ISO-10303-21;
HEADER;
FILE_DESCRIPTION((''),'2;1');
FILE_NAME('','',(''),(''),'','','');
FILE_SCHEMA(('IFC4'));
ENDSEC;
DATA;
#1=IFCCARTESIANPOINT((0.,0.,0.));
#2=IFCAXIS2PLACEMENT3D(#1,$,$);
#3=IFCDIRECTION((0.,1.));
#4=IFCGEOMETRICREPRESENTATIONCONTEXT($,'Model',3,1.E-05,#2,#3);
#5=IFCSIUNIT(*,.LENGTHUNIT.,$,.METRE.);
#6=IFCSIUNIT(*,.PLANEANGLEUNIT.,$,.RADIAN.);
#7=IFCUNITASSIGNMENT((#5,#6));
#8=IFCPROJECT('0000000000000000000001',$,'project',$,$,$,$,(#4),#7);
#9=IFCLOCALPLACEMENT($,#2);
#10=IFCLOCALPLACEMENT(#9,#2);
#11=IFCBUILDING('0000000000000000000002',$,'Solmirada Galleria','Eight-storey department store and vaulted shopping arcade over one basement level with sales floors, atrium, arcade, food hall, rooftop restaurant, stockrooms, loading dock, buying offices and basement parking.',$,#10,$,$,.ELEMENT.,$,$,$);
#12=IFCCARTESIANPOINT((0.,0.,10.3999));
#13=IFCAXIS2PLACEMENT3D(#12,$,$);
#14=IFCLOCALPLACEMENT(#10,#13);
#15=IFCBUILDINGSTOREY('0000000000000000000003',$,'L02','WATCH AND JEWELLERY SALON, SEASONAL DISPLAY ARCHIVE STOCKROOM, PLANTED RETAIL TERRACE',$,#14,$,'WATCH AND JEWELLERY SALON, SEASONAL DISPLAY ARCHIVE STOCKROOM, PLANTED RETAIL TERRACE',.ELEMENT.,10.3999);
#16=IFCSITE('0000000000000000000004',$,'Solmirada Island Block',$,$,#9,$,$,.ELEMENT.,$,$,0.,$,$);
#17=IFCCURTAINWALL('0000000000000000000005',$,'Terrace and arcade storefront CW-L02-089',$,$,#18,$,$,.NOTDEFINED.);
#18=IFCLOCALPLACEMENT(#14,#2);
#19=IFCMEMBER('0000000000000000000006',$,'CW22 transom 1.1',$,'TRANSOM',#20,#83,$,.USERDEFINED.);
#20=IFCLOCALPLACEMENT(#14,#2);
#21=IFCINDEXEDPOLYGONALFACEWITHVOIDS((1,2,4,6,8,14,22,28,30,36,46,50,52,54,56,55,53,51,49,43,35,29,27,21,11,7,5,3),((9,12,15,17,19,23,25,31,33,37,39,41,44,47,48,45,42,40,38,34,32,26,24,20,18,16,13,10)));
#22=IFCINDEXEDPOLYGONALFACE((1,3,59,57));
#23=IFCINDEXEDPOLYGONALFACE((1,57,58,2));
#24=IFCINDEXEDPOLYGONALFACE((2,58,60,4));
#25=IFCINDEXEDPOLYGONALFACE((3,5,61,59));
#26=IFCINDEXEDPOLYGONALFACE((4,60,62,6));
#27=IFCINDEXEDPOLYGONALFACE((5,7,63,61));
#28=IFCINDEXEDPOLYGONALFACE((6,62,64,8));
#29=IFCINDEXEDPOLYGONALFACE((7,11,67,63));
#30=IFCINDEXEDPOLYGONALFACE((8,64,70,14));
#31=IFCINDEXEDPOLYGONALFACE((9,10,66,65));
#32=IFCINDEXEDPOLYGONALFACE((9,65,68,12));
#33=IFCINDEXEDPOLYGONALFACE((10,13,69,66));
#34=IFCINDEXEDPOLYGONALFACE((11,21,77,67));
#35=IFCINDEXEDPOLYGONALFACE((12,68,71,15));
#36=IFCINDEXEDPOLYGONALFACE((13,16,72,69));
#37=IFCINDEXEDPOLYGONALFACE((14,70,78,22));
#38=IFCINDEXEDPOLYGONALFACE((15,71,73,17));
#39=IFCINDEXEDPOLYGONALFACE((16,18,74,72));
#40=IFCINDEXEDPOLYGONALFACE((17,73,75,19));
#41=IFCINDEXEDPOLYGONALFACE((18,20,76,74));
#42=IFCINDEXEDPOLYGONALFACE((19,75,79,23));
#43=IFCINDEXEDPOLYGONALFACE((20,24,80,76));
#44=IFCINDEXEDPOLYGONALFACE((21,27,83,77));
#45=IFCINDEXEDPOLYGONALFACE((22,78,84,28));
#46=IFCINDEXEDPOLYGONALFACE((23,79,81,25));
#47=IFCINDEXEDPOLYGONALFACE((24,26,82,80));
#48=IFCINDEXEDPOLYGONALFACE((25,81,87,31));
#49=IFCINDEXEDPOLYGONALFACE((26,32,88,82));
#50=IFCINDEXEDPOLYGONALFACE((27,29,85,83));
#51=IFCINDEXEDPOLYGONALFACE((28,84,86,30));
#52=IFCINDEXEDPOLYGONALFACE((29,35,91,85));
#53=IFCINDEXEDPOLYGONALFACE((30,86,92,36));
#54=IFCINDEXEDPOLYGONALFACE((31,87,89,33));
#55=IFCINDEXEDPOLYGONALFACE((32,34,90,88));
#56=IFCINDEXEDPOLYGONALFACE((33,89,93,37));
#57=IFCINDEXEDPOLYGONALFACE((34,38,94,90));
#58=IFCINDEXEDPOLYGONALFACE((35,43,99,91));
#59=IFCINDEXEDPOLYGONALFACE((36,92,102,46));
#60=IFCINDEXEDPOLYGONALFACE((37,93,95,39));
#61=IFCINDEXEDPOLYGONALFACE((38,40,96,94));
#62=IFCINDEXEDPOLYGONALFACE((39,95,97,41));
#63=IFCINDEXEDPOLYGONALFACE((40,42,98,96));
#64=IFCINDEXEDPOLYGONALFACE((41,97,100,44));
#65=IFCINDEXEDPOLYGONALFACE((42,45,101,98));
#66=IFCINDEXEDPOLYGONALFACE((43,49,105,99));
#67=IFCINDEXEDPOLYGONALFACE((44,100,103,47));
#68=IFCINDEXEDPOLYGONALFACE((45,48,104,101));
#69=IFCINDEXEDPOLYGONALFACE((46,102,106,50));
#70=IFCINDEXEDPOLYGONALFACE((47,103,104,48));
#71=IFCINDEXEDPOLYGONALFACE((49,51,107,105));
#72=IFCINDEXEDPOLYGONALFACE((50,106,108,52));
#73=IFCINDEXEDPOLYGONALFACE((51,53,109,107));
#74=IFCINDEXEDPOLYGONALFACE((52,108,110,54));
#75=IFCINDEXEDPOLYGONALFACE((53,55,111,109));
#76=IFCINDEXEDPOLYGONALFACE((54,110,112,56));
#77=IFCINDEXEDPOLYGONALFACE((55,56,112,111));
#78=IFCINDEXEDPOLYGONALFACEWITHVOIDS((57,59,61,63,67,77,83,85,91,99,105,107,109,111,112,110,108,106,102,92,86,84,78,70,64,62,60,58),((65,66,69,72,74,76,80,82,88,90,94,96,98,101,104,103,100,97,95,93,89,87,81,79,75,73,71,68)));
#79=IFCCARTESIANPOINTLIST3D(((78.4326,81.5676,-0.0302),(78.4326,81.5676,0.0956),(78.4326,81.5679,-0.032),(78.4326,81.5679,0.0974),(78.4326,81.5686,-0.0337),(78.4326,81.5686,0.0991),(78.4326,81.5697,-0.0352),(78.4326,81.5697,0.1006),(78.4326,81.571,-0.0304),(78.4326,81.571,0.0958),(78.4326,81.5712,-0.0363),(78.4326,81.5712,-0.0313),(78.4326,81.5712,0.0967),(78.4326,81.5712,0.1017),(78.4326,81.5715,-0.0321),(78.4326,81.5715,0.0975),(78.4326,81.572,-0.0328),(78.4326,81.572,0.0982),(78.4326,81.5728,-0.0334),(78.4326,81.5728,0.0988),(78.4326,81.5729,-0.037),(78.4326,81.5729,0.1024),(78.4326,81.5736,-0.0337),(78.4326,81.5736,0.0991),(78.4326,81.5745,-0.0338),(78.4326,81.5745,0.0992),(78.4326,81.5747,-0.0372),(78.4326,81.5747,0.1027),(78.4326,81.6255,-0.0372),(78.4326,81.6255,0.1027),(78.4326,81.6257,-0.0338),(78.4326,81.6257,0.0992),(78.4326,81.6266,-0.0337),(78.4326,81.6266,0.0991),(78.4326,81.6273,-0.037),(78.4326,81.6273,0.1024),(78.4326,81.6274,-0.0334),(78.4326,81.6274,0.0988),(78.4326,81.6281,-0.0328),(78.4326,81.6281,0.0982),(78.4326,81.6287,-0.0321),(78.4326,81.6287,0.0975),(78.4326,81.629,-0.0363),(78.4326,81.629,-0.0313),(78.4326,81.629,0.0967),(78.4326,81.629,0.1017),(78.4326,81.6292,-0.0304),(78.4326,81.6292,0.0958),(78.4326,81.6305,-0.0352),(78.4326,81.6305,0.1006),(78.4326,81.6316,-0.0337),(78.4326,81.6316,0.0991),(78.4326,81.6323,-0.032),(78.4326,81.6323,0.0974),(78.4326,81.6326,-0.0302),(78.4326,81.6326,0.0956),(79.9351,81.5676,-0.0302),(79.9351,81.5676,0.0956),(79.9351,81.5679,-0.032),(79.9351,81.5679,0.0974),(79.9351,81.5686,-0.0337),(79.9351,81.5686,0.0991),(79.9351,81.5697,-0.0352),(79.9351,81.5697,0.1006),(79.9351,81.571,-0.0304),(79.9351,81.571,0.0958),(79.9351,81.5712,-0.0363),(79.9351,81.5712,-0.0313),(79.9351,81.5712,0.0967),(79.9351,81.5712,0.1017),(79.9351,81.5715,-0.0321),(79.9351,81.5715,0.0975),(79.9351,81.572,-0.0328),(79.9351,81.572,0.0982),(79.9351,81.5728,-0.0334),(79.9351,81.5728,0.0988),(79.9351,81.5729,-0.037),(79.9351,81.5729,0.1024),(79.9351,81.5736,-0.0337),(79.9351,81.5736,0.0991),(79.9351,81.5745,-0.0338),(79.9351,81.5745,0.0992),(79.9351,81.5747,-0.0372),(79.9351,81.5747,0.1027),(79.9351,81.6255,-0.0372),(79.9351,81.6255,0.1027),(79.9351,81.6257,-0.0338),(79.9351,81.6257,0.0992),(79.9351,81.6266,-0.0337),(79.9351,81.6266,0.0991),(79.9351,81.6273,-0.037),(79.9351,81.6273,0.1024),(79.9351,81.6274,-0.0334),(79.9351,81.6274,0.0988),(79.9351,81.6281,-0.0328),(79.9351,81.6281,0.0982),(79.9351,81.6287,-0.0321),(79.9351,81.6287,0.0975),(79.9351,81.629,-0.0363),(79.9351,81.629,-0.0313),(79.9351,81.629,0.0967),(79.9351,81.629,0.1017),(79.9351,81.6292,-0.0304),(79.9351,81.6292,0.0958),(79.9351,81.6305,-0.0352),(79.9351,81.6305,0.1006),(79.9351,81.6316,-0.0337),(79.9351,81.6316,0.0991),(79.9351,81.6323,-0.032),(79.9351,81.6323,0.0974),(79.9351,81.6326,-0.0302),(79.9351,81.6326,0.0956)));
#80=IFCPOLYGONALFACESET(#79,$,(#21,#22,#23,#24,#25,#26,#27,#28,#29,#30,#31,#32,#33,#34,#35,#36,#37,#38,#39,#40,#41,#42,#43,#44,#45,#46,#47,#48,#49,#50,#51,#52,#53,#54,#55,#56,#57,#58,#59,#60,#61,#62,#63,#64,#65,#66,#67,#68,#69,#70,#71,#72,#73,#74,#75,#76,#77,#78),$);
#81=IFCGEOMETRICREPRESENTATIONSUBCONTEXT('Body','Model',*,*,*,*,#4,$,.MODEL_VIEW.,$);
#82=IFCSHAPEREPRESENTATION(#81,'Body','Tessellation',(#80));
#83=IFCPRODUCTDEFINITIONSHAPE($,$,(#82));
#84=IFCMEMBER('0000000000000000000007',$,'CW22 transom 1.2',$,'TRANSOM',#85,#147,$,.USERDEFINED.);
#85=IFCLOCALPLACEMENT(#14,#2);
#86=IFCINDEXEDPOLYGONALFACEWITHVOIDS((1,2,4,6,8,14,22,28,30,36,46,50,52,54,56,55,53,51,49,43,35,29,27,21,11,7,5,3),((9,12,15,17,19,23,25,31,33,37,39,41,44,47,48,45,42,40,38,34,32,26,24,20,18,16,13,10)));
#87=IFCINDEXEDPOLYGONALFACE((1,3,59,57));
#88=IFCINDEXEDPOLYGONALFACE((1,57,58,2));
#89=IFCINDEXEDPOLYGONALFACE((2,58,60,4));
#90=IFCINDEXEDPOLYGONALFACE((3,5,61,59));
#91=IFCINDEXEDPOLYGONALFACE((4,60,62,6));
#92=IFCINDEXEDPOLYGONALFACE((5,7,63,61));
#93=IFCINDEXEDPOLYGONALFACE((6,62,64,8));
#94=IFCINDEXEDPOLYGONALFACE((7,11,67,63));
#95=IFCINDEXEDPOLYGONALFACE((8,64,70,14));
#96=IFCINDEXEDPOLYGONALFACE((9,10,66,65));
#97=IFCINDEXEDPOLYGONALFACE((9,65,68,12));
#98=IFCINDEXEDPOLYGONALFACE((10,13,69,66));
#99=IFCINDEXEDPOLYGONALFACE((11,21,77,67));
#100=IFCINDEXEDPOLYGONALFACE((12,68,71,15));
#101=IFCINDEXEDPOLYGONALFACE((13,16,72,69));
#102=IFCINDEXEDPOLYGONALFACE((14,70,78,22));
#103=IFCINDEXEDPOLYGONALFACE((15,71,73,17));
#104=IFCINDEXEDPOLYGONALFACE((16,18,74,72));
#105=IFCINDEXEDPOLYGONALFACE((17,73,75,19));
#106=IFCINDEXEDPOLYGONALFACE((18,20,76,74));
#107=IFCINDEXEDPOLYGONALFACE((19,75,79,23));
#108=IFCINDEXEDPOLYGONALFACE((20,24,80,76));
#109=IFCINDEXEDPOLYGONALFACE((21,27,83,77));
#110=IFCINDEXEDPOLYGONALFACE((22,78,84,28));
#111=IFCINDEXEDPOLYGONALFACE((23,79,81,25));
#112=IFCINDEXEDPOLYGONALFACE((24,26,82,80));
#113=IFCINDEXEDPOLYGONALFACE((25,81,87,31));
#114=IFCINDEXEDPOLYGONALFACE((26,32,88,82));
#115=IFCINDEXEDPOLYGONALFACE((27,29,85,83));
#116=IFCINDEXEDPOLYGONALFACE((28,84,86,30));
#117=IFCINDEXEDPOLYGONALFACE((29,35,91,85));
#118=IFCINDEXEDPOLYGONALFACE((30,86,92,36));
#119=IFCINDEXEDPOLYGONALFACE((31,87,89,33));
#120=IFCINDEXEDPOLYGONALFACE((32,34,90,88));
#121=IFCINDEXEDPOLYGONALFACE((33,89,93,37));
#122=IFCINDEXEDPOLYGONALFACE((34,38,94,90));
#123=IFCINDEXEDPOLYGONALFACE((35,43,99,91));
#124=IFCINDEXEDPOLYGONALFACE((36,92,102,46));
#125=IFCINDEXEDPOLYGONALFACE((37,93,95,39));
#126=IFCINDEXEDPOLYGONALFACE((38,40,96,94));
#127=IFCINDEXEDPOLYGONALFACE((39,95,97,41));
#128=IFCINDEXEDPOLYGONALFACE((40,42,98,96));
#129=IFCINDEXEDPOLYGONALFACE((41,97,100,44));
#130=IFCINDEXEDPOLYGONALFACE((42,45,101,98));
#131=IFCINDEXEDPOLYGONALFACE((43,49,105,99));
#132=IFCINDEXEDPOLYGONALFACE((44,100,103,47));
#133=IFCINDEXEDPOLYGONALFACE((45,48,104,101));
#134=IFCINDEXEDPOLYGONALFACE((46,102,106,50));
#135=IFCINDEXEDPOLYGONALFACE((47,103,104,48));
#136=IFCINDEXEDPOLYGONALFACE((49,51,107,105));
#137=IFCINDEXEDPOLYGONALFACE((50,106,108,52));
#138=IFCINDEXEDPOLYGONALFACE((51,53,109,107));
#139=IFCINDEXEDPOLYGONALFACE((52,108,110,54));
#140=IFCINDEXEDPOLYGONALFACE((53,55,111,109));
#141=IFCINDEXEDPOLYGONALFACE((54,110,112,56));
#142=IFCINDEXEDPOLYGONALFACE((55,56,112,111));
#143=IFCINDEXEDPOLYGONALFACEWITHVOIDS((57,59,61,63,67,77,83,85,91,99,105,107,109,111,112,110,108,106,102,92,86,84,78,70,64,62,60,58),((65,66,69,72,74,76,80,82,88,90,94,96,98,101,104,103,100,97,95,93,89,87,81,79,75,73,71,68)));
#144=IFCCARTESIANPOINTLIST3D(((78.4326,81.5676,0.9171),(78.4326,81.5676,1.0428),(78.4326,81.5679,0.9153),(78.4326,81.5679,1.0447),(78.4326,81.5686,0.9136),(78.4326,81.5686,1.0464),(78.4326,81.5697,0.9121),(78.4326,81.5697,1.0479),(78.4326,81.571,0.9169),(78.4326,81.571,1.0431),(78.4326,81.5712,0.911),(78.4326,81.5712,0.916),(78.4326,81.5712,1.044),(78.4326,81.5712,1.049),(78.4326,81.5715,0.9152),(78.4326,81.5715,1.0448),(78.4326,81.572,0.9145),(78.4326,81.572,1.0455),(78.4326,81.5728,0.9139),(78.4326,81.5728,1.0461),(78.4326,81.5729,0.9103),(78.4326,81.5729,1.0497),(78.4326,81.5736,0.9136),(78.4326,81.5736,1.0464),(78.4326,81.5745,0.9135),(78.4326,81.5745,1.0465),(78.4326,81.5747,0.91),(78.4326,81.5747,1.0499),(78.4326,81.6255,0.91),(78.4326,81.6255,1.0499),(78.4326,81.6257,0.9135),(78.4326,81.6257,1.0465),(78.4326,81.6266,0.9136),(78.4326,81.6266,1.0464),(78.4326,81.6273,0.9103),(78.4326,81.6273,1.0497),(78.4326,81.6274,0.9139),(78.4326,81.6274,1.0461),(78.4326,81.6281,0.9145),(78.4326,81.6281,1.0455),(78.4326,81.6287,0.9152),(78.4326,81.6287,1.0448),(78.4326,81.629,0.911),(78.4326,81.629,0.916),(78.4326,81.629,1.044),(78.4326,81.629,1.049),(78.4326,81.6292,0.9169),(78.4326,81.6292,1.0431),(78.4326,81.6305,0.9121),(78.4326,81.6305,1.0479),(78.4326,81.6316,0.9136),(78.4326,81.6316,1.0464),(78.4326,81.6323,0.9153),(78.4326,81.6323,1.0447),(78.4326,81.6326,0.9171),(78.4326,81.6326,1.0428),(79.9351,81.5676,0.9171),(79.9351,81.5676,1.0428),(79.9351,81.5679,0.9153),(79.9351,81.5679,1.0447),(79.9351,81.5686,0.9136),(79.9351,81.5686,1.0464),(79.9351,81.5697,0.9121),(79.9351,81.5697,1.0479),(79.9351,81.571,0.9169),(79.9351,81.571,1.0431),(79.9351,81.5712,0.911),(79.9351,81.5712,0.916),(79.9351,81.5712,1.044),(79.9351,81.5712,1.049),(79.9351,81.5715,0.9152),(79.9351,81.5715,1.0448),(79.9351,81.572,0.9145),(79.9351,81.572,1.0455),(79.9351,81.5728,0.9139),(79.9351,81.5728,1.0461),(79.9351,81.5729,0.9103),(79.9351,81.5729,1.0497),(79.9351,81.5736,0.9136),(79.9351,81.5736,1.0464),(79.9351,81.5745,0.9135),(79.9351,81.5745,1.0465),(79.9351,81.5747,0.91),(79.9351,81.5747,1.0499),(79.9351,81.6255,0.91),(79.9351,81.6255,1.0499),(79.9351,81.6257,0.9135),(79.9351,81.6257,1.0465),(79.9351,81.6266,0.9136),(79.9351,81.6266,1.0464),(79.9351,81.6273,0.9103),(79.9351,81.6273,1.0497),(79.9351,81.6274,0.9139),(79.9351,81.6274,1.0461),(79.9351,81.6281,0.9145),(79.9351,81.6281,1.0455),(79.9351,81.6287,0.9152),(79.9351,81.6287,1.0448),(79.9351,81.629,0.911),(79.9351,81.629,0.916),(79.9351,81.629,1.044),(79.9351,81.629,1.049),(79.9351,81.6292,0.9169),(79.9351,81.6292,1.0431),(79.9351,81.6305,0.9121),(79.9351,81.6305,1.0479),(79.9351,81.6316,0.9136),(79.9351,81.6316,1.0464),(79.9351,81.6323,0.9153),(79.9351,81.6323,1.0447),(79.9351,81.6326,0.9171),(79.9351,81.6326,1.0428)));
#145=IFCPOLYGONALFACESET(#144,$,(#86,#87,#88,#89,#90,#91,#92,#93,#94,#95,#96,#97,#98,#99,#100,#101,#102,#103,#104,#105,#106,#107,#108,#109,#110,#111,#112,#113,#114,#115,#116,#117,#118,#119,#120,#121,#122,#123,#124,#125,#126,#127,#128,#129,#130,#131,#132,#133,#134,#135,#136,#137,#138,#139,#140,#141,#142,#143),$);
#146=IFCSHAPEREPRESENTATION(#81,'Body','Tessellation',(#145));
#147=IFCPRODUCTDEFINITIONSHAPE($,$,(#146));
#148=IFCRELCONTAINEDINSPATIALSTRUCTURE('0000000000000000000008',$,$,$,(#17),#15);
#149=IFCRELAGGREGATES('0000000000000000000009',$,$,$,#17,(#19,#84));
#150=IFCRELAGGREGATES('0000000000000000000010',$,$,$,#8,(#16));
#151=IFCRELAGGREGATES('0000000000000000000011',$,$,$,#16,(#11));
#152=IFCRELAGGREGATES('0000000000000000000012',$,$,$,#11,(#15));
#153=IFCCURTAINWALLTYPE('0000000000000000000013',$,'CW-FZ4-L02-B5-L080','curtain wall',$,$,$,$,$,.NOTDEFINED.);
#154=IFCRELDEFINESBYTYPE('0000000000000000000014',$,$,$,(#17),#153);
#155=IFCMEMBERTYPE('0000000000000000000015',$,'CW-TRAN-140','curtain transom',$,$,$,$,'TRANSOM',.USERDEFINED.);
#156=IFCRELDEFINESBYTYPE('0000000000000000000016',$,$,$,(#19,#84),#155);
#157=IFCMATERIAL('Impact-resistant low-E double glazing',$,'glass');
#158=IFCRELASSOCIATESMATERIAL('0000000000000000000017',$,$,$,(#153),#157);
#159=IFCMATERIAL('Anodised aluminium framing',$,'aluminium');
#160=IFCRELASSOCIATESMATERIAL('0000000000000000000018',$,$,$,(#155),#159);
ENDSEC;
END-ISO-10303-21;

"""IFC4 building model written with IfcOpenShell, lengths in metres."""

from ifc_helpers import new_model, si_unit, direction, frame, origin, origin_2d, place, context, subcontext, project, spatial, hollow_rectangle, extrude, material, material_profile, profile_set, type_object, element, aggregate, save


model = new_model("IFC4")

# Units and contexts
model_context = context("Model", 3, precision=1e-05, world=origin(), true_north=direction((0.0, 1.0)))
body_context = subcontext(model_context, "Body", "Model", "MODEL_VIEW")
ifc_project = project(units=[si_unit("LENGTHUNIT", "METRE"), si_unit("PLANEANGLEUNIT", "RADIAN")], contexts=[model_context])

# Site, building, storey
site_placement = place(None, origin())
site = spatial("IfcSite", under=ifc_project, at=site_placement, Name="Solmirada Island Block", CompositionType="ELEMENT", RefElevation=0.0)
building_placement = place(site_placement, origin())
building = spatial("IfcBuilding", under=site, at=building_placement, Name="Solmirada Galleria", Description="Eight-storey department store and vaulted shopping arcade over one basement level with sales floors, atrium, arcade, food hall, rooftop restaurant, stockrooms, loading dock, buying offices and basement parking.", CompositionType="ELEMENT")
storey_placement = place(building_placement, frame((0.0, 0.0, 10.3999)))
storey = spatial("IfcBuildingStorey", under=building, at=storey_placement, Name="L02", Description="WATCH AND JEWELLERY SALON, SEASONAL DISPLAY ARCHIVE STOCKROOM, PLANTED RETAIL TERRACE", LongName="WATCH AND JEWELLERY SALON, SEASONAL DISPLAY ARCHIVE STOCKROOM, PLANTED RETAIL TERRACE", CompositionType="ELEMENT", Elevation=10.3999)

# Shared definitions
ifc_material_1 = material(Name="Impact-resistant low-E double glazing", Category="glass")
curtain_wall_type = type_object("IfcCurtainWallType", Name="CW-FZ4-L02-B5-L080", Description="curtain wall", PredefinedType="NOTDEFINED", material=ifc_material_1)
ifc_material_2 = material(Name="Anodised aluminium framing", Category="aluminium")

# Curtain wall, members
curtain_wall_1_placement = place(storey_placement, origin())
curtain_wall_1 = element("IfcCurtainWall", 1, at=curtain_wall_1_placement, inside=storey, type_object=curtain_wall_type, Name="Terrace and arcade storefront CW-L02-089", PredefinedType="NOTDEFINED")
ifc_material_profile_1 = material_profile(ifc_material_2, hollow_rectangle(XDim=0.0649, YDim=0.1399, WallThickness=0.0034, InnerFilletRadius=0.0034, OuterFilletRadius=0.0071, at=origin_2d()), Name="ALU-TRAN-140X65")
ifc_profile_set_1 = profile_set([ifc_material_profile_1], Name="Anodised aluminium framing")
member_type_1 = type_object("IfcMemberType", Name="CW-TRAN-140", Description="curtain transom", ElementType="TRANSOM", PredefinedType="USERDEFINED", material=ifc_profile_set_1)
member_1_placement = place(storey_placement, frame((79.9351, 81.6001, 0.0327), z_axis=(-1.0, 0.0, 0.0), x_axis=(0.0, -1.0, 0.0)))
member_1 = element("IfcMember", 2, at=member_1_placement, type_object=member_type_1, Name="CW22 transom 1.1", ObjectType="TRANSOM", PredefinedType="USERDEFINED", context=body_context, shape_type="SweptSolid", body=[
    extrude(hollow_rectangle(XDim=0.0649, YDim=0.1399, WallThickness=0.0034, InnerFilletRadius=0.0034, OuterFilletRadius=0.0071, at=origin_2d()), origin(), (0.0, 0.0, 1.0), 1.5024),
])
member_2_placement = place(storey_placement, frame((79.9351, 81.6001, 0.98), z_axis=(-1.0, 0.0, 0.0), x_axis=(0.0, -1.0, 0.0)))
member_2 = element("IfcMember", 3, at=member_2_placement, type_object=member_type_1, Name="CW22 transom 1.2", ObjectType="TRANSOM", PredefinedType="USERDEFINED", context=body_context, shape_type="SweptSolid", body=[
    extrude(hollow_rectangle(XDim=0.0649, YDim=0.1399, WallThickness=0.0034, InnerFilletRadius=0.0034, OuterFilletRadius=0.0071, at=origin_2d()), origin(), (0.0, 0.0, 1.0), 1.5024),
])

aggregate(curtain_wall_1, [member_1, member_2])

save(model, "model.ifc")
